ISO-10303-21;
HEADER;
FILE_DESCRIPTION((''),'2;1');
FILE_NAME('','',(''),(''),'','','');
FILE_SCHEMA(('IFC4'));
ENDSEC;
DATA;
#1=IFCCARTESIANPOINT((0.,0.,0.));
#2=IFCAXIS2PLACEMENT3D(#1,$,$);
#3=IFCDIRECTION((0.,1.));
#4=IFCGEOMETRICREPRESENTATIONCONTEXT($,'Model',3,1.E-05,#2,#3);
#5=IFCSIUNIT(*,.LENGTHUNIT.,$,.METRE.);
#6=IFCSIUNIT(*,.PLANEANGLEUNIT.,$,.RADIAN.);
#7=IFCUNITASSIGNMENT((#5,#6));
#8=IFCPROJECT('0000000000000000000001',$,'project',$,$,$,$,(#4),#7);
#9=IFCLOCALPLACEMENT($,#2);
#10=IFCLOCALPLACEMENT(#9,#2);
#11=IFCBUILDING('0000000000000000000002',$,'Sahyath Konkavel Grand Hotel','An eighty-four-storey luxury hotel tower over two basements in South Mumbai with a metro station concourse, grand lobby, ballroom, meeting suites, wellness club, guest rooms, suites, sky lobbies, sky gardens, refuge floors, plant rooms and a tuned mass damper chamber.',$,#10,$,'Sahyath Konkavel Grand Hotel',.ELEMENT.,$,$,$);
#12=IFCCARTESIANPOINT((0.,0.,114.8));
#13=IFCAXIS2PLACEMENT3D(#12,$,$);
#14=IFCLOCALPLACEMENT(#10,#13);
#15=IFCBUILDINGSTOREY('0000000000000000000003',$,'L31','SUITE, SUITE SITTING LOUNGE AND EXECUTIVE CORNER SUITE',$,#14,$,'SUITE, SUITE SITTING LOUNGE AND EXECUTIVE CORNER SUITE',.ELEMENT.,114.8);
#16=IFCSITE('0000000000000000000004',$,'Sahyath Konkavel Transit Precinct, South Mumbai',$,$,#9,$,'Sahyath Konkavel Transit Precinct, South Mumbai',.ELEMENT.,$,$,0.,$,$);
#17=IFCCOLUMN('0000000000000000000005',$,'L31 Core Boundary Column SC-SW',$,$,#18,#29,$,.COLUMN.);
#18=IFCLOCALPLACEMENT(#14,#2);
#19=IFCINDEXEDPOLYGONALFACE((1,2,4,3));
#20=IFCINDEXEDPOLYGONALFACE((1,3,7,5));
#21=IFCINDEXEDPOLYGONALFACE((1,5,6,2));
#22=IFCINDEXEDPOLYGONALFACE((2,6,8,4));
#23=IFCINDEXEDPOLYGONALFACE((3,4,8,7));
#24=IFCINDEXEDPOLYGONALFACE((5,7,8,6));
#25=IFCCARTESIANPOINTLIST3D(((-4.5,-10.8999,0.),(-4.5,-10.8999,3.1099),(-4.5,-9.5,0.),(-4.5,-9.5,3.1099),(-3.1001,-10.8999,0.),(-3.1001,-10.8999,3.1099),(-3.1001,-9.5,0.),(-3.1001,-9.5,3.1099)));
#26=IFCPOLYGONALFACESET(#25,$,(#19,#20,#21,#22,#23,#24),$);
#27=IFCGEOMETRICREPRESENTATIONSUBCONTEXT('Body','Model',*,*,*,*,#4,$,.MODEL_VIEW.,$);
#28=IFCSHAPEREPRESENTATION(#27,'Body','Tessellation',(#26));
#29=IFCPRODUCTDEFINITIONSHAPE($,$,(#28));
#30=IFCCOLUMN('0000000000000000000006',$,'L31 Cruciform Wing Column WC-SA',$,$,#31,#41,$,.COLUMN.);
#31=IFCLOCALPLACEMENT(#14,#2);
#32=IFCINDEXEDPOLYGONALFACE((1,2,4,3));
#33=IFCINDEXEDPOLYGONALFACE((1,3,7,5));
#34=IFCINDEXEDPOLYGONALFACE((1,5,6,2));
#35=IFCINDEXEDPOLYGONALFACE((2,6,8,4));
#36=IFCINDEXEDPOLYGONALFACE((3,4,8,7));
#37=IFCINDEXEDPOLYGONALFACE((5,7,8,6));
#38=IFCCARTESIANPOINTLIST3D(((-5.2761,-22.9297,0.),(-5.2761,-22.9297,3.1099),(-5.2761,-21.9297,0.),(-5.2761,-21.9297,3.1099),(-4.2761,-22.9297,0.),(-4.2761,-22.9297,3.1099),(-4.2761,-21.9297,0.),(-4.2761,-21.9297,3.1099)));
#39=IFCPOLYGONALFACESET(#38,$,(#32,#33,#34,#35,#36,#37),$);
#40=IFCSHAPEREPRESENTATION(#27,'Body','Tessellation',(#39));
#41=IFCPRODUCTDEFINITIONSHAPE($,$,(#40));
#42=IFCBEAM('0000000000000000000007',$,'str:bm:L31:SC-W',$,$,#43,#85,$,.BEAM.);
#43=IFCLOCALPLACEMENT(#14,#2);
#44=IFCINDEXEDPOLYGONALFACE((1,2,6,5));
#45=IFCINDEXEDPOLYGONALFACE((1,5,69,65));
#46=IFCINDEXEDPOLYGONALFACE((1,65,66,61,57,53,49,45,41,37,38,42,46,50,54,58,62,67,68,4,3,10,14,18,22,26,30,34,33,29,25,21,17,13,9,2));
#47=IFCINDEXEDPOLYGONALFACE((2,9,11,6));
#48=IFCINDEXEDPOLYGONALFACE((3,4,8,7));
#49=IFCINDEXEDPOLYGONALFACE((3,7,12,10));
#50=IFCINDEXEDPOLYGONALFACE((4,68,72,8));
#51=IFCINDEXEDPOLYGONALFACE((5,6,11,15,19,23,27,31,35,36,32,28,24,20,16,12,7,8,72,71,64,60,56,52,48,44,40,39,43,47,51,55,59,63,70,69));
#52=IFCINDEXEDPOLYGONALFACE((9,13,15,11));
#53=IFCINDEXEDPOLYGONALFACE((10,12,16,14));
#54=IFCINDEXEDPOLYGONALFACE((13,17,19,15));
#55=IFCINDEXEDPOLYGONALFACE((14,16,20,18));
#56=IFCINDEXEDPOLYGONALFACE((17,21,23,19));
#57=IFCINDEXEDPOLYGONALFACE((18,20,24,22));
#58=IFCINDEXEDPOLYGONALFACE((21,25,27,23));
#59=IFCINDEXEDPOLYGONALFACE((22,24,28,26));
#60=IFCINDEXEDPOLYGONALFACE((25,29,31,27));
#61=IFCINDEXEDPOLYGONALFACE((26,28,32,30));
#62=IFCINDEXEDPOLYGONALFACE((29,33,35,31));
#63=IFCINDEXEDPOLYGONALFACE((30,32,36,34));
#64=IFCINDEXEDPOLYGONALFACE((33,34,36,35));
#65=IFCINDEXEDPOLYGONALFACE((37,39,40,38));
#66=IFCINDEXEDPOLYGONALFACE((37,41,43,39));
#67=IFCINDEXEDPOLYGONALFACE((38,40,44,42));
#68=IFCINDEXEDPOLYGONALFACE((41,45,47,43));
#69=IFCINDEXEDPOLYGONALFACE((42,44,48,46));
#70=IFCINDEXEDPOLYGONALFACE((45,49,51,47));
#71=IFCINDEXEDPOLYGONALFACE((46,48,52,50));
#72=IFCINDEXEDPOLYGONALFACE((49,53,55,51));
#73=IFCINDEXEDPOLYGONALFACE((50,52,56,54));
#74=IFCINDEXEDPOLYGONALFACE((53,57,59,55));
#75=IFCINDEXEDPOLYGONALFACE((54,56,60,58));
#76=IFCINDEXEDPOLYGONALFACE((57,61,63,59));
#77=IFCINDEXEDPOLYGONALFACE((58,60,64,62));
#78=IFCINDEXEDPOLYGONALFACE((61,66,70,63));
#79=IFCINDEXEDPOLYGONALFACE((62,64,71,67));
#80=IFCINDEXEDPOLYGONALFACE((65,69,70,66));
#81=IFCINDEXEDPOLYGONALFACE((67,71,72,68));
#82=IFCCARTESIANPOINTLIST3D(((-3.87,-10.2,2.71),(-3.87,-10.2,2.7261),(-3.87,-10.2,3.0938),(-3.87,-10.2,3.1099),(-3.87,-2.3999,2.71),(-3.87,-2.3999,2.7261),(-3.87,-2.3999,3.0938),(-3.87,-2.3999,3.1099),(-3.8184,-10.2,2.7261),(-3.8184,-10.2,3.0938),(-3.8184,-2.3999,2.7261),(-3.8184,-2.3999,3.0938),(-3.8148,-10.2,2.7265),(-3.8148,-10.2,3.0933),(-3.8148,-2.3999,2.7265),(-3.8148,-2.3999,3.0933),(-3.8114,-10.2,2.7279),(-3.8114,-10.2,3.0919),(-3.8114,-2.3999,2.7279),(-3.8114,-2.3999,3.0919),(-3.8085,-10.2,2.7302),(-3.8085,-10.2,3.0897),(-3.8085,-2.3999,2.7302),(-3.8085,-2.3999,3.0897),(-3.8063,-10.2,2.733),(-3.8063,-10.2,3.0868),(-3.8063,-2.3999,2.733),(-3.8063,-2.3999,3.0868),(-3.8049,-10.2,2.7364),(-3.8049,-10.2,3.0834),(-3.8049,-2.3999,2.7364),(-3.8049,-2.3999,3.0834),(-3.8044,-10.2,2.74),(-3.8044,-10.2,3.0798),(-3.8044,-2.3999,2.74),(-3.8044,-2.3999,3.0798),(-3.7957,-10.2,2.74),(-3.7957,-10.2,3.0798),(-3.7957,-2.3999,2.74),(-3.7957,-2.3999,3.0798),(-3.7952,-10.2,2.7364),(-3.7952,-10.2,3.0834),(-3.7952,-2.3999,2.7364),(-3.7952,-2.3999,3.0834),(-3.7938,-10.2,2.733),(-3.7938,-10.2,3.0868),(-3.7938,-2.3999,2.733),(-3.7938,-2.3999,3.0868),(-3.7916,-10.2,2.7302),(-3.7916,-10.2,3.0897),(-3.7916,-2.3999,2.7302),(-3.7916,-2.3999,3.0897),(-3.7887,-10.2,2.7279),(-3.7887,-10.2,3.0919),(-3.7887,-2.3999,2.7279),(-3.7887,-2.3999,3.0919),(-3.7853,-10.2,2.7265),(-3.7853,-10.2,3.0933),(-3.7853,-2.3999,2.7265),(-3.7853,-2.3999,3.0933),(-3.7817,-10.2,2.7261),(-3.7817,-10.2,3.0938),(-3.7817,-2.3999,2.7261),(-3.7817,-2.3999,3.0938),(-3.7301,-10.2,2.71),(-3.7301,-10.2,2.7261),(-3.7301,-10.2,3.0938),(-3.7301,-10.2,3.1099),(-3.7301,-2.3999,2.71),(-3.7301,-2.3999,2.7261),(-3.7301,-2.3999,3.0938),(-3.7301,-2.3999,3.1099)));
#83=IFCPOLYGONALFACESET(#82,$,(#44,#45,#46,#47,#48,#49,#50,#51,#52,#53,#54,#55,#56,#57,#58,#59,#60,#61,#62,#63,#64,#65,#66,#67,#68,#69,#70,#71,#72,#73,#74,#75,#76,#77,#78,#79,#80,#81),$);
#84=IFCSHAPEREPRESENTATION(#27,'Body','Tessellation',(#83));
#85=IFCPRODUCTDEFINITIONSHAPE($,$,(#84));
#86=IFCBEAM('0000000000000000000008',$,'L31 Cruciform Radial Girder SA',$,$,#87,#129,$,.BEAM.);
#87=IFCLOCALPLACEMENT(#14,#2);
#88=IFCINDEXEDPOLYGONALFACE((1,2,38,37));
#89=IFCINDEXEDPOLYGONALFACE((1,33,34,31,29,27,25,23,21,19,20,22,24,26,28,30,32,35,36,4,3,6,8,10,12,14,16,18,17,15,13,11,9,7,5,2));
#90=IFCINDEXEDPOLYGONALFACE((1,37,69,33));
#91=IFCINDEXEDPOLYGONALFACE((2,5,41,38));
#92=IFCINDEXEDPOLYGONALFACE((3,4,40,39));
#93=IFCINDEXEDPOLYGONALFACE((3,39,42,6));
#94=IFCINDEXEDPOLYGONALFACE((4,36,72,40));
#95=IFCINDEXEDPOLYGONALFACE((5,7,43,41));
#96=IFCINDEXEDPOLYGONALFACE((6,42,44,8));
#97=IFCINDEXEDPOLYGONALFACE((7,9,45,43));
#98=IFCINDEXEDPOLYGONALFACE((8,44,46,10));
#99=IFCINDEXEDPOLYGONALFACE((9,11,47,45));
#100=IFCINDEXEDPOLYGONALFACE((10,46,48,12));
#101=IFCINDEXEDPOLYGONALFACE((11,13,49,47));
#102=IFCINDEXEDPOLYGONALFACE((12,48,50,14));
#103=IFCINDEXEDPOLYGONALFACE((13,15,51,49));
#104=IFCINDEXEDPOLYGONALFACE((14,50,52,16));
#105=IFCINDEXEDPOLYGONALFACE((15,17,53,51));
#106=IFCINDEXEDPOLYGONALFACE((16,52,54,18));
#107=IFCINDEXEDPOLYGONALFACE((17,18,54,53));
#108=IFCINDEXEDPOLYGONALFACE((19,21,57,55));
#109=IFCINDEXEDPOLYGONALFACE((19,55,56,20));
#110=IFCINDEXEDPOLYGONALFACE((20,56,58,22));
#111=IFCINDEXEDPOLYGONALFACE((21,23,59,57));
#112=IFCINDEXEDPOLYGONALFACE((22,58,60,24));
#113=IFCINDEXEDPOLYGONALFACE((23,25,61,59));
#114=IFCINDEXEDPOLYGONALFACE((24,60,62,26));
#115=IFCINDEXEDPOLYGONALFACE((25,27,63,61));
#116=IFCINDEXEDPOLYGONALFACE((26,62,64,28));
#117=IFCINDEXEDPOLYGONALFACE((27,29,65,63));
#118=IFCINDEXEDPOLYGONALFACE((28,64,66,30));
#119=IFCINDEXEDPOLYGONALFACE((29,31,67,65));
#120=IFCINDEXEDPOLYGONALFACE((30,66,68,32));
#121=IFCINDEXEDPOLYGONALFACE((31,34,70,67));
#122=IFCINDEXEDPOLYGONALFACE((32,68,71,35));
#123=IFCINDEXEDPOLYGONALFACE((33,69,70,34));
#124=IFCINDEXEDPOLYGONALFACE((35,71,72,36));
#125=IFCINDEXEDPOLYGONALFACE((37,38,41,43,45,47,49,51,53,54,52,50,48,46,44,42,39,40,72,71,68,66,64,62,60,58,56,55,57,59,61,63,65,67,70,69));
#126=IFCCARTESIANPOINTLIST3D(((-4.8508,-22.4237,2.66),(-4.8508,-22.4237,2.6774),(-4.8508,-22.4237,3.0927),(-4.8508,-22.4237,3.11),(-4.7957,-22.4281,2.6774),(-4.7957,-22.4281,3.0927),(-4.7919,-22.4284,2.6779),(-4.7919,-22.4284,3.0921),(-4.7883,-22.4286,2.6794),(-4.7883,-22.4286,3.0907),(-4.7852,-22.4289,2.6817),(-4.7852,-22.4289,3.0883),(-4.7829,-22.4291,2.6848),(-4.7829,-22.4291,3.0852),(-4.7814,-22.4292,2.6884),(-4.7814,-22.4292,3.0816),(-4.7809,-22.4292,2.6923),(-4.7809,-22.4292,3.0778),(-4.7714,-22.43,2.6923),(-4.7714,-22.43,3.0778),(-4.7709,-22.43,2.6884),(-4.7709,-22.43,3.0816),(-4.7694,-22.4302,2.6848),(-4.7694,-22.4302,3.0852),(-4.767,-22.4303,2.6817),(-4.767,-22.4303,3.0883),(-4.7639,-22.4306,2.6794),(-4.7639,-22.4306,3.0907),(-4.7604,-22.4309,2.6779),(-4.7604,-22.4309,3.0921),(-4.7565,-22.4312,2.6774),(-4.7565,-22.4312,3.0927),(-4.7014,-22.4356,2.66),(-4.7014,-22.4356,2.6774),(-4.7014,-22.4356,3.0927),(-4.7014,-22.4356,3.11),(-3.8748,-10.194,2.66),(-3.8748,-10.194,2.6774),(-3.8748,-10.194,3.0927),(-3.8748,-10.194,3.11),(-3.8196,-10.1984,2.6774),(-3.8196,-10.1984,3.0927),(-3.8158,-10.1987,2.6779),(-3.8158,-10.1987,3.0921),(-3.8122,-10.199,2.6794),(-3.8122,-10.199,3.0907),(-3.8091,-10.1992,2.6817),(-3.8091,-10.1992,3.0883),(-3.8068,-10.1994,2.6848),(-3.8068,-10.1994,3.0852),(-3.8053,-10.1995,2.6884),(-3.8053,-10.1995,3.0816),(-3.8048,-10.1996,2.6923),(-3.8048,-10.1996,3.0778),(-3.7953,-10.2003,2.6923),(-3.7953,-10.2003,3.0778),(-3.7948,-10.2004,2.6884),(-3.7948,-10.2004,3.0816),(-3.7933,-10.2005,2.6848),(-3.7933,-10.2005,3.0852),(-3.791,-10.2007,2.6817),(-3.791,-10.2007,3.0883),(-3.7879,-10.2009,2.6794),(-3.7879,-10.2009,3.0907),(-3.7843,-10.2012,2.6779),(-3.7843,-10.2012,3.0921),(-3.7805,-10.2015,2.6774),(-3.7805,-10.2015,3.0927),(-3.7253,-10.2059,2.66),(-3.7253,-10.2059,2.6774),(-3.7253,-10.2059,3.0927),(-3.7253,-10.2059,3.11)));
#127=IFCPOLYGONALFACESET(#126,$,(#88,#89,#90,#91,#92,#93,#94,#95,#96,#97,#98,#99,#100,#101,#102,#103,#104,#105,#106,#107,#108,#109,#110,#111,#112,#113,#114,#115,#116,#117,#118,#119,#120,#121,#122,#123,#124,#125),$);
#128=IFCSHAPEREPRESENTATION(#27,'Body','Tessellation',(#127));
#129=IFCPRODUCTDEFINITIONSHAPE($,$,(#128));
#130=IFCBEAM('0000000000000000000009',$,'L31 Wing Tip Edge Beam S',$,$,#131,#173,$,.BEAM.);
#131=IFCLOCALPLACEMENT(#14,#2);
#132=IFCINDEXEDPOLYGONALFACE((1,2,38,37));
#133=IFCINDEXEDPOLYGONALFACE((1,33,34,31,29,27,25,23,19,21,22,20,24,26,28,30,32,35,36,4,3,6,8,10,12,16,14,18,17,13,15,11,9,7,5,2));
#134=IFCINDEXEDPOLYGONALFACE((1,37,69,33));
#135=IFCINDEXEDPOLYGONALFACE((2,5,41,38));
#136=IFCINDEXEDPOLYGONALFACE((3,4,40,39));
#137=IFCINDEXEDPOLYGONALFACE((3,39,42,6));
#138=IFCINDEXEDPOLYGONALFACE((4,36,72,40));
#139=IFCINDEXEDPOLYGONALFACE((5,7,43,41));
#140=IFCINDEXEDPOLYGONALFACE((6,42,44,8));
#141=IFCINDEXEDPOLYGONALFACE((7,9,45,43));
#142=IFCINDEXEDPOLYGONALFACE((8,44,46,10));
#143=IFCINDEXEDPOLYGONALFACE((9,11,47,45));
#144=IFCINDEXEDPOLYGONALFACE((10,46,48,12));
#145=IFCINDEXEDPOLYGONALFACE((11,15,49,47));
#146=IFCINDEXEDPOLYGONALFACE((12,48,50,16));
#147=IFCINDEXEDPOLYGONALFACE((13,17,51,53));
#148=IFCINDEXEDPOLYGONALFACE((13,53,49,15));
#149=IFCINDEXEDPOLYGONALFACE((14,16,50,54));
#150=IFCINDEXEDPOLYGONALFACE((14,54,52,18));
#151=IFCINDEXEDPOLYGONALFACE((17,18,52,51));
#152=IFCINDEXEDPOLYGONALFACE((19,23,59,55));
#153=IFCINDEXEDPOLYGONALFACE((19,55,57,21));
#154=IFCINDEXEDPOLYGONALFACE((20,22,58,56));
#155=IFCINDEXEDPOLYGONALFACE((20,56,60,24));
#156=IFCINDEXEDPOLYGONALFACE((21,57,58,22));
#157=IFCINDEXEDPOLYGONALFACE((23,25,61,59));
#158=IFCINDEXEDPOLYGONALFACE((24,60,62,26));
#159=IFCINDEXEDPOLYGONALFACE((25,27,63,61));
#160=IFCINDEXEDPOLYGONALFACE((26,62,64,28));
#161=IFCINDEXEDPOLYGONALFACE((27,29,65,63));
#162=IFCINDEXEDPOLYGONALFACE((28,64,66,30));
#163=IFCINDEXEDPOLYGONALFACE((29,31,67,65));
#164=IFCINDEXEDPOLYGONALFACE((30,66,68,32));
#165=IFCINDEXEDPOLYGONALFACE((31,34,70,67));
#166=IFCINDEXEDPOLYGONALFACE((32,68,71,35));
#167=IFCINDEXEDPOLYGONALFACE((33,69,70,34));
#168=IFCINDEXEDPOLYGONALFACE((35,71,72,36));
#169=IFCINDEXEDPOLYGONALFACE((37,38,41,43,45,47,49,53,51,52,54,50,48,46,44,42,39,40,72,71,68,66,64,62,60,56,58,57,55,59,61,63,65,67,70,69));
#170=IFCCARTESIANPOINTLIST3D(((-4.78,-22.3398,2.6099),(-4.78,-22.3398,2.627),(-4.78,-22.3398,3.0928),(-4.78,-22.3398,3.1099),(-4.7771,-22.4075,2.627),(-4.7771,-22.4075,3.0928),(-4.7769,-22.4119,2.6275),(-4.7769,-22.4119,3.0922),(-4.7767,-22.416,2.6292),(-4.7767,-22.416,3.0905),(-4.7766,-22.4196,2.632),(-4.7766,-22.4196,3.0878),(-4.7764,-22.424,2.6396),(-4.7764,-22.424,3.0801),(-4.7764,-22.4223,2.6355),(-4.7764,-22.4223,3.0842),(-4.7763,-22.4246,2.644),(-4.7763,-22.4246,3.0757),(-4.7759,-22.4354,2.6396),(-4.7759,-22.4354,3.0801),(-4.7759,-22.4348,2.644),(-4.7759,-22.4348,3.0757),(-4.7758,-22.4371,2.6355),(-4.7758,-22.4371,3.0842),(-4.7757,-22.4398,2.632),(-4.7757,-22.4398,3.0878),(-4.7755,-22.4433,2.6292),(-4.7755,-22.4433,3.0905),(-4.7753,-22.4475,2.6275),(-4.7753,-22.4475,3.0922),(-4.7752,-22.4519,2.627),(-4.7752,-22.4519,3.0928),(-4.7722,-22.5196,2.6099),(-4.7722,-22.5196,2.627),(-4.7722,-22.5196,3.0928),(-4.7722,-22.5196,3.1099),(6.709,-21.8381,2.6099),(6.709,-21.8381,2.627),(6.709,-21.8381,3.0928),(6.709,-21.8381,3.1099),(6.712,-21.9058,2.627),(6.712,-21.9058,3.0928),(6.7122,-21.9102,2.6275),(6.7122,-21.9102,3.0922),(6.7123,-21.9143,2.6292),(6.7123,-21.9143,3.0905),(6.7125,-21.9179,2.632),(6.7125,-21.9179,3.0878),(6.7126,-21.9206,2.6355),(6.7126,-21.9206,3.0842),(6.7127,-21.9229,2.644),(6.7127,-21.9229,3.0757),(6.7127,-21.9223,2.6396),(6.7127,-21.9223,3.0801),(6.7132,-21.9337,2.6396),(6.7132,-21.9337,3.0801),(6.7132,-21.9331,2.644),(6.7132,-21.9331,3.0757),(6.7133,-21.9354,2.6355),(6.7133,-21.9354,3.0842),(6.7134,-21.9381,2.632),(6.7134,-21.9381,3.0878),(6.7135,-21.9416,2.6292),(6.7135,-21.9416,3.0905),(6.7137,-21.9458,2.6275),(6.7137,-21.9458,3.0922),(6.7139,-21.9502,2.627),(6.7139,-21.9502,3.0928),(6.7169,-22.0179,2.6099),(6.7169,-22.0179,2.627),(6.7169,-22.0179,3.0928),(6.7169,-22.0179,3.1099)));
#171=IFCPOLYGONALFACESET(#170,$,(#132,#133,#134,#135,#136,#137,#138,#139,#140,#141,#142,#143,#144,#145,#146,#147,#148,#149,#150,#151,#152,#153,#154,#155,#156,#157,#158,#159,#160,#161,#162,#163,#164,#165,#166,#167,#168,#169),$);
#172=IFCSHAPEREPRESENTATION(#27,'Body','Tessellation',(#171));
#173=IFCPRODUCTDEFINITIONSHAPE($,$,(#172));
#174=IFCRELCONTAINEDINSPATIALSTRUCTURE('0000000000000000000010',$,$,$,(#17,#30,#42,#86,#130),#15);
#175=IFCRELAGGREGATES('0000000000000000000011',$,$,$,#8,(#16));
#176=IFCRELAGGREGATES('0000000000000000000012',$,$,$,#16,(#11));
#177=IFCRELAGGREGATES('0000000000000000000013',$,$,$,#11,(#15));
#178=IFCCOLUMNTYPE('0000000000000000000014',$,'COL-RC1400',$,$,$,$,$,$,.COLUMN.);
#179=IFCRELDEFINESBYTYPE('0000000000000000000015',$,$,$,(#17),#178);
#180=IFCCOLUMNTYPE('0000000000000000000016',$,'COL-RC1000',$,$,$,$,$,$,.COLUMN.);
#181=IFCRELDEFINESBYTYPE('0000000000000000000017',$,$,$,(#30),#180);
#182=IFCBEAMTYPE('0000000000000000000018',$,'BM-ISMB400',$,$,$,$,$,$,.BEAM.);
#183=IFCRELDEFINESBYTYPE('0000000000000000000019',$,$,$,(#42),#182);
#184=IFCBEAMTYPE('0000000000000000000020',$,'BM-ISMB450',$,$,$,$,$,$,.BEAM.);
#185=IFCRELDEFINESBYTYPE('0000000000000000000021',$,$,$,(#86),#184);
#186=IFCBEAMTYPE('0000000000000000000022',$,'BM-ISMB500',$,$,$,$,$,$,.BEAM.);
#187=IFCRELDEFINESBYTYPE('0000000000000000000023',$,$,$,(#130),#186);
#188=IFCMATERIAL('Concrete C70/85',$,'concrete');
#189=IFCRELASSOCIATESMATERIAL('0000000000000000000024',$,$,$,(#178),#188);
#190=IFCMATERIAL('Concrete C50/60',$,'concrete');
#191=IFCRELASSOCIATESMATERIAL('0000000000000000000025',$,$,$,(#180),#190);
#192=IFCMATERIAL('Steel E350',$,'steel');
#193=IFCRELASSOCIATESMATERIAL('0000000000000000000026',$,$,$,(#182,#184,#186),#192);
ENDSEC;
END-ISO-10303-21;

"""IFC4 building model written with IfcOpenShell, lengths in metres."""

from ifc_helpers import new_model, si_unit, direction, frame, origin, origin_2d, place, context, subcontext, project, spatial, rectangle, i_section, extrude, source, transform, mapped, material, material_profile, profile_set, type_object, element, save


model = new_model("IFC4")

# Units and contexts
model_context = context("Model", 3, precision=1e-05, world=origin(), true_north=direction((0.0, 1.0)))
body_context = subcontext(model_context, "Body", "Model", "MODEL_VIEW")
ifc_project = project(units=[si_unit("LENGTHUNIT", "METRE"), si_unit("PLANEANGLEUNIT", "RADIAN")], contexts=[model_context])

# Site, building, storey
site_placement = place(None, origin())
site = spatial("IfcSite", under=ifc_project, at=site_placement, Name="Sahyath Konkavel Transit Precinct, South Mumbai", LongName="Sahyath Konkavel Transit Precinct, South Mumbai", CompositionType="ELEMENT", RefElevation=0.0)
building_placement = place(site_placement, origin())
building = spatial("IfcBuilding", under=site, at=building_placement, Name="Sahyath Konkavel Grand Hotel", Description="An eighty-four-storey luxury hotel tower over two basements in South Mumbai with a metro station concourse, grand lobby, ballroom, meeting suites, wellness club, guest rooms, suites, sky lobbies, sky gardens, refuge floors, plant rooms and a tuned mass damper chamber.", LongName="Sahyath Konkavel Grand Hotel", CompositionType="ELEMENT")
storey_placement = place(building_placement, frame((0.0, 0.0, 114.8)))
storey = spatial("IfcBuildingStorey", under=building, at=storey_placement, Name="L31", Description="SUITE, SUITE SITTING LOUNGE AND EXECUTIVE CORNER SUITE", LongName="SUITE, SUITE SITTING LOUNGE AND EXECUTIVE CORNER SUITE", CompositionType="ELEMENT", Elevation=114.8)

# Columns
ifc_material_1 = material(Name="Concrete C70/85", Category="concrete")
ifc_material_profile_1 = material_profile(ifc_material_1, rectangle(XDim=1.3999, YDim=1.3999, at=origin_2d()), Name="RC 1400x1400")
ifc_profile_set_1 = profile_set([ifc_material_profile_1], Name="Concrete C70/85")
column_type_1 = type_object("IfcColumnType", Name="COL-RC1400", PredefinedType="COLUMN", material=ifc_profile_set_1)
shared_shape_1 = source(origin(), body_context, "Body", "SweptSolid", [
    extrude(rectangle(XDim=1.3999, YDim=1.3999, at=origin_2d()), origin(), (0.0, 0.0, 1.0), 3.1099),
])
column_1_placement = place(storey_placement, frame((-3.8, -10.2, 0.0), z_axis=(0.0, 0.0, 1.0), x_axis=(1.0, 0.0, 0.0)))
element("IfcColumn", 1, at=column_1_placement, inside=storey, type_object=column_type_1, Name="L31 Core Boundary Column SC-SW", PredefinedType="COLUMN", context=body_context, shape_type="MappedRepresentation", body=[
    mapped(shared_shape_1, transform((0.0, 0.0, 0.0), scale=1.0)),
])
ifc_material_2 = material(Name="Concrete C50/60", Category="concrete")
ifc_material_profile_2 = material_profile(ifc_material_2, rectangle(XDim=1.0, YDim=1.0, at=origin_2d()), Name="RC 1000x1000")
ifc_profile_set_2 = profile_set([ifc_material_profile_2], Name="Concrete C50/60")
column_type_2 = type_object("IfcColumnType", Name="COL-RC1000", PredefinedType="COLUMN", material=ifc_profile_set_2)
shared_shape_2 = source(origin(), body_context, "Body", "SweptSolid", [
    extrude(rectangle(XDim=1.0, YDim=1.0, at=origin_2d()), origin(), (0.0, 0.0, 1.0), 3.1099),
])
column_2_placement = place(storey_placement, frame((-4.7761, -22.4297, 0.0), z_axis=(0.0, 0.0, 1.0), x_axis=(1.0, 0.0, 0.0)))
element("IfcColumn", 2, at=column_2_placement, inside=storey, type_object=column_type_2, Name="L31 Cruciform Wing Column WC-SA", PredefinedType="COLUMN", context=body_context, shape_type="MappedRepresentation", body=[
    mapped(shared_shape_2, transform((0.0, 0.0, 0.0), scale=1.0)),
])

# Beams
ifc_material_3 = material(Name="Steel E350", Category="steel")
ifc_material_profile_3 = material_profile(ifc_material_3, i_section(OverallWidth=0.1399, OverallDepth=0.3999, WebThickness=0.0088, FlangeThickness=0.0161, FilletRadius=0.0139, at=origin_2d()), Name="ISMB 400")
ifc_profile_set_3 = profile_set([ifc_material_profile_3], Name="Steel E350")
beam_type_1 = type_object("IfcBeamType", Name="BM-ISMB400", PredefinedType="BEAM", material=ifc_profile_set_3)
shared_shape_3 = source(origin(), body_context, "Body", "SweptSolid", [
    extrude(i_section(OverallWidth=0.1399, OverallDepth=0.3999, WebThickness=0.0088, FlangeThickness=0.0161, FilletRadius=0.0139, at=origin_2d()), origin(), (0.0, 0.0, 1.0), 7.8),
])
beam_1_placement = place(storey_placement, frame((-3.8, -10.2, 2.9099), z_axis=(0.0, 1.0, 0.0), x_axis=(-1.0, 0.0, 0.0)))
element("IfcBeam", 3, at=beam_1_placement, inside=storey, type_object=beam_type_1, Name="str:bm:L31:SC-W", PredefinedType="BEAM", context=body_context, shape_type="MappedRepresentation", body=[
    mapped(shared_shape_3, transform((0.0, 0.0, 0.0), scale=1.0)),
])
ifc_material_profile_4 = material_profile(ifc_material_3, i_section(OverallWidth=0.1499, OverallDepth=0.45, WebThickness=0.0095, FlangeThickness=0.0173, FilletRadius=0.0149, at=origin_2d()), Name="ISMB 450")
ifc_profile_set_4 = profile_set([ifc_material_profile_4], Name="Steel E350")
beam_type_2 = type_object("IfcBeamType", Name="BM-ISMB450", PredefinedType="BEAM", material=ifc_profile_set_4)
shared_shape_4 = source(origin(), body_context, "Body", "SweptSolid", [
    extrude(i_section(OverallWidth=0.1499, OverallDepth=0.45, WebThickness=0.0095, FlangeThickness=0.0173, FilletRadius=0.0149, at=origin_2d()), origin(), (0.0, 0.0, 1.0), 12.2686),
])
beam_2_placement = place(storey_placement, frame((-3.8, -10.2, 2.885), z_axis=(-0.079559, -0.99683, 0.0), x_axis=(0.99683, -0.079559, 0.0)))
element("IfcBeam", 4, at=beam_2_placement, inside=storey, type_object=beam_type_2, Name="L31 Cruciform Radial Girder SA", PredefinedType="BEAM", context=body_context, shape_type="MappedRepresentation", body=[
    mapped(shared_shape_4, transform((0.0, 0.0, 0.0), scale=1.0)),
])
ifc_material_profile_5 = material_profile(ifc_material_3, i_section(OverallWidth=0.1799, OverallDepth=0.5, WebThickness=0.0103, FlangeThickness=0.0171, FilletRadius=0.0171, at=origin_2d()), Name="ISMB 500")
ifc_profile_set_5 = profile_set([ifc_material_profile_5], Name="Steel E350")
beam_type_3 = type_object("IfcBeamType", Name="BM-ISMB500", PredefinedType="BEAM", material=ifc_profile_set_5)
shared_shape_5 = source(origin(), body_context, "Body", "SweptSolid", [
    extrude(i_section(OverallWidth=0.1799, OverallDepth=0.5, WebThickness=0.0103, FlangeThickness=0.0171, FilletRadius=0.0171, at=origin_2d()), origin(), (0.0, 0.0, 1.0), 11.5),
])
beam_3_placement = place(storey_placement, frame((-4.7761, -22.4297, 2.8599), z_axis=(0.999048, 0.043627, 0.0), x_axis=(-0.043627, 0.999048, 0.0)))
element("IfcBeam", 5, at=beam_3_placement, inside=storey, type_object=beam_type_3, Name="L31 Wing Tip Edge Beam S", PredefinedType="BEAM", context=body_context, shape_type="MappedRepresentation", body=[
    mapped(shared_shape_5, transform((0.0, 0.0, 0.0), scale=1.0)),
])

save(model, "model.ifc")
